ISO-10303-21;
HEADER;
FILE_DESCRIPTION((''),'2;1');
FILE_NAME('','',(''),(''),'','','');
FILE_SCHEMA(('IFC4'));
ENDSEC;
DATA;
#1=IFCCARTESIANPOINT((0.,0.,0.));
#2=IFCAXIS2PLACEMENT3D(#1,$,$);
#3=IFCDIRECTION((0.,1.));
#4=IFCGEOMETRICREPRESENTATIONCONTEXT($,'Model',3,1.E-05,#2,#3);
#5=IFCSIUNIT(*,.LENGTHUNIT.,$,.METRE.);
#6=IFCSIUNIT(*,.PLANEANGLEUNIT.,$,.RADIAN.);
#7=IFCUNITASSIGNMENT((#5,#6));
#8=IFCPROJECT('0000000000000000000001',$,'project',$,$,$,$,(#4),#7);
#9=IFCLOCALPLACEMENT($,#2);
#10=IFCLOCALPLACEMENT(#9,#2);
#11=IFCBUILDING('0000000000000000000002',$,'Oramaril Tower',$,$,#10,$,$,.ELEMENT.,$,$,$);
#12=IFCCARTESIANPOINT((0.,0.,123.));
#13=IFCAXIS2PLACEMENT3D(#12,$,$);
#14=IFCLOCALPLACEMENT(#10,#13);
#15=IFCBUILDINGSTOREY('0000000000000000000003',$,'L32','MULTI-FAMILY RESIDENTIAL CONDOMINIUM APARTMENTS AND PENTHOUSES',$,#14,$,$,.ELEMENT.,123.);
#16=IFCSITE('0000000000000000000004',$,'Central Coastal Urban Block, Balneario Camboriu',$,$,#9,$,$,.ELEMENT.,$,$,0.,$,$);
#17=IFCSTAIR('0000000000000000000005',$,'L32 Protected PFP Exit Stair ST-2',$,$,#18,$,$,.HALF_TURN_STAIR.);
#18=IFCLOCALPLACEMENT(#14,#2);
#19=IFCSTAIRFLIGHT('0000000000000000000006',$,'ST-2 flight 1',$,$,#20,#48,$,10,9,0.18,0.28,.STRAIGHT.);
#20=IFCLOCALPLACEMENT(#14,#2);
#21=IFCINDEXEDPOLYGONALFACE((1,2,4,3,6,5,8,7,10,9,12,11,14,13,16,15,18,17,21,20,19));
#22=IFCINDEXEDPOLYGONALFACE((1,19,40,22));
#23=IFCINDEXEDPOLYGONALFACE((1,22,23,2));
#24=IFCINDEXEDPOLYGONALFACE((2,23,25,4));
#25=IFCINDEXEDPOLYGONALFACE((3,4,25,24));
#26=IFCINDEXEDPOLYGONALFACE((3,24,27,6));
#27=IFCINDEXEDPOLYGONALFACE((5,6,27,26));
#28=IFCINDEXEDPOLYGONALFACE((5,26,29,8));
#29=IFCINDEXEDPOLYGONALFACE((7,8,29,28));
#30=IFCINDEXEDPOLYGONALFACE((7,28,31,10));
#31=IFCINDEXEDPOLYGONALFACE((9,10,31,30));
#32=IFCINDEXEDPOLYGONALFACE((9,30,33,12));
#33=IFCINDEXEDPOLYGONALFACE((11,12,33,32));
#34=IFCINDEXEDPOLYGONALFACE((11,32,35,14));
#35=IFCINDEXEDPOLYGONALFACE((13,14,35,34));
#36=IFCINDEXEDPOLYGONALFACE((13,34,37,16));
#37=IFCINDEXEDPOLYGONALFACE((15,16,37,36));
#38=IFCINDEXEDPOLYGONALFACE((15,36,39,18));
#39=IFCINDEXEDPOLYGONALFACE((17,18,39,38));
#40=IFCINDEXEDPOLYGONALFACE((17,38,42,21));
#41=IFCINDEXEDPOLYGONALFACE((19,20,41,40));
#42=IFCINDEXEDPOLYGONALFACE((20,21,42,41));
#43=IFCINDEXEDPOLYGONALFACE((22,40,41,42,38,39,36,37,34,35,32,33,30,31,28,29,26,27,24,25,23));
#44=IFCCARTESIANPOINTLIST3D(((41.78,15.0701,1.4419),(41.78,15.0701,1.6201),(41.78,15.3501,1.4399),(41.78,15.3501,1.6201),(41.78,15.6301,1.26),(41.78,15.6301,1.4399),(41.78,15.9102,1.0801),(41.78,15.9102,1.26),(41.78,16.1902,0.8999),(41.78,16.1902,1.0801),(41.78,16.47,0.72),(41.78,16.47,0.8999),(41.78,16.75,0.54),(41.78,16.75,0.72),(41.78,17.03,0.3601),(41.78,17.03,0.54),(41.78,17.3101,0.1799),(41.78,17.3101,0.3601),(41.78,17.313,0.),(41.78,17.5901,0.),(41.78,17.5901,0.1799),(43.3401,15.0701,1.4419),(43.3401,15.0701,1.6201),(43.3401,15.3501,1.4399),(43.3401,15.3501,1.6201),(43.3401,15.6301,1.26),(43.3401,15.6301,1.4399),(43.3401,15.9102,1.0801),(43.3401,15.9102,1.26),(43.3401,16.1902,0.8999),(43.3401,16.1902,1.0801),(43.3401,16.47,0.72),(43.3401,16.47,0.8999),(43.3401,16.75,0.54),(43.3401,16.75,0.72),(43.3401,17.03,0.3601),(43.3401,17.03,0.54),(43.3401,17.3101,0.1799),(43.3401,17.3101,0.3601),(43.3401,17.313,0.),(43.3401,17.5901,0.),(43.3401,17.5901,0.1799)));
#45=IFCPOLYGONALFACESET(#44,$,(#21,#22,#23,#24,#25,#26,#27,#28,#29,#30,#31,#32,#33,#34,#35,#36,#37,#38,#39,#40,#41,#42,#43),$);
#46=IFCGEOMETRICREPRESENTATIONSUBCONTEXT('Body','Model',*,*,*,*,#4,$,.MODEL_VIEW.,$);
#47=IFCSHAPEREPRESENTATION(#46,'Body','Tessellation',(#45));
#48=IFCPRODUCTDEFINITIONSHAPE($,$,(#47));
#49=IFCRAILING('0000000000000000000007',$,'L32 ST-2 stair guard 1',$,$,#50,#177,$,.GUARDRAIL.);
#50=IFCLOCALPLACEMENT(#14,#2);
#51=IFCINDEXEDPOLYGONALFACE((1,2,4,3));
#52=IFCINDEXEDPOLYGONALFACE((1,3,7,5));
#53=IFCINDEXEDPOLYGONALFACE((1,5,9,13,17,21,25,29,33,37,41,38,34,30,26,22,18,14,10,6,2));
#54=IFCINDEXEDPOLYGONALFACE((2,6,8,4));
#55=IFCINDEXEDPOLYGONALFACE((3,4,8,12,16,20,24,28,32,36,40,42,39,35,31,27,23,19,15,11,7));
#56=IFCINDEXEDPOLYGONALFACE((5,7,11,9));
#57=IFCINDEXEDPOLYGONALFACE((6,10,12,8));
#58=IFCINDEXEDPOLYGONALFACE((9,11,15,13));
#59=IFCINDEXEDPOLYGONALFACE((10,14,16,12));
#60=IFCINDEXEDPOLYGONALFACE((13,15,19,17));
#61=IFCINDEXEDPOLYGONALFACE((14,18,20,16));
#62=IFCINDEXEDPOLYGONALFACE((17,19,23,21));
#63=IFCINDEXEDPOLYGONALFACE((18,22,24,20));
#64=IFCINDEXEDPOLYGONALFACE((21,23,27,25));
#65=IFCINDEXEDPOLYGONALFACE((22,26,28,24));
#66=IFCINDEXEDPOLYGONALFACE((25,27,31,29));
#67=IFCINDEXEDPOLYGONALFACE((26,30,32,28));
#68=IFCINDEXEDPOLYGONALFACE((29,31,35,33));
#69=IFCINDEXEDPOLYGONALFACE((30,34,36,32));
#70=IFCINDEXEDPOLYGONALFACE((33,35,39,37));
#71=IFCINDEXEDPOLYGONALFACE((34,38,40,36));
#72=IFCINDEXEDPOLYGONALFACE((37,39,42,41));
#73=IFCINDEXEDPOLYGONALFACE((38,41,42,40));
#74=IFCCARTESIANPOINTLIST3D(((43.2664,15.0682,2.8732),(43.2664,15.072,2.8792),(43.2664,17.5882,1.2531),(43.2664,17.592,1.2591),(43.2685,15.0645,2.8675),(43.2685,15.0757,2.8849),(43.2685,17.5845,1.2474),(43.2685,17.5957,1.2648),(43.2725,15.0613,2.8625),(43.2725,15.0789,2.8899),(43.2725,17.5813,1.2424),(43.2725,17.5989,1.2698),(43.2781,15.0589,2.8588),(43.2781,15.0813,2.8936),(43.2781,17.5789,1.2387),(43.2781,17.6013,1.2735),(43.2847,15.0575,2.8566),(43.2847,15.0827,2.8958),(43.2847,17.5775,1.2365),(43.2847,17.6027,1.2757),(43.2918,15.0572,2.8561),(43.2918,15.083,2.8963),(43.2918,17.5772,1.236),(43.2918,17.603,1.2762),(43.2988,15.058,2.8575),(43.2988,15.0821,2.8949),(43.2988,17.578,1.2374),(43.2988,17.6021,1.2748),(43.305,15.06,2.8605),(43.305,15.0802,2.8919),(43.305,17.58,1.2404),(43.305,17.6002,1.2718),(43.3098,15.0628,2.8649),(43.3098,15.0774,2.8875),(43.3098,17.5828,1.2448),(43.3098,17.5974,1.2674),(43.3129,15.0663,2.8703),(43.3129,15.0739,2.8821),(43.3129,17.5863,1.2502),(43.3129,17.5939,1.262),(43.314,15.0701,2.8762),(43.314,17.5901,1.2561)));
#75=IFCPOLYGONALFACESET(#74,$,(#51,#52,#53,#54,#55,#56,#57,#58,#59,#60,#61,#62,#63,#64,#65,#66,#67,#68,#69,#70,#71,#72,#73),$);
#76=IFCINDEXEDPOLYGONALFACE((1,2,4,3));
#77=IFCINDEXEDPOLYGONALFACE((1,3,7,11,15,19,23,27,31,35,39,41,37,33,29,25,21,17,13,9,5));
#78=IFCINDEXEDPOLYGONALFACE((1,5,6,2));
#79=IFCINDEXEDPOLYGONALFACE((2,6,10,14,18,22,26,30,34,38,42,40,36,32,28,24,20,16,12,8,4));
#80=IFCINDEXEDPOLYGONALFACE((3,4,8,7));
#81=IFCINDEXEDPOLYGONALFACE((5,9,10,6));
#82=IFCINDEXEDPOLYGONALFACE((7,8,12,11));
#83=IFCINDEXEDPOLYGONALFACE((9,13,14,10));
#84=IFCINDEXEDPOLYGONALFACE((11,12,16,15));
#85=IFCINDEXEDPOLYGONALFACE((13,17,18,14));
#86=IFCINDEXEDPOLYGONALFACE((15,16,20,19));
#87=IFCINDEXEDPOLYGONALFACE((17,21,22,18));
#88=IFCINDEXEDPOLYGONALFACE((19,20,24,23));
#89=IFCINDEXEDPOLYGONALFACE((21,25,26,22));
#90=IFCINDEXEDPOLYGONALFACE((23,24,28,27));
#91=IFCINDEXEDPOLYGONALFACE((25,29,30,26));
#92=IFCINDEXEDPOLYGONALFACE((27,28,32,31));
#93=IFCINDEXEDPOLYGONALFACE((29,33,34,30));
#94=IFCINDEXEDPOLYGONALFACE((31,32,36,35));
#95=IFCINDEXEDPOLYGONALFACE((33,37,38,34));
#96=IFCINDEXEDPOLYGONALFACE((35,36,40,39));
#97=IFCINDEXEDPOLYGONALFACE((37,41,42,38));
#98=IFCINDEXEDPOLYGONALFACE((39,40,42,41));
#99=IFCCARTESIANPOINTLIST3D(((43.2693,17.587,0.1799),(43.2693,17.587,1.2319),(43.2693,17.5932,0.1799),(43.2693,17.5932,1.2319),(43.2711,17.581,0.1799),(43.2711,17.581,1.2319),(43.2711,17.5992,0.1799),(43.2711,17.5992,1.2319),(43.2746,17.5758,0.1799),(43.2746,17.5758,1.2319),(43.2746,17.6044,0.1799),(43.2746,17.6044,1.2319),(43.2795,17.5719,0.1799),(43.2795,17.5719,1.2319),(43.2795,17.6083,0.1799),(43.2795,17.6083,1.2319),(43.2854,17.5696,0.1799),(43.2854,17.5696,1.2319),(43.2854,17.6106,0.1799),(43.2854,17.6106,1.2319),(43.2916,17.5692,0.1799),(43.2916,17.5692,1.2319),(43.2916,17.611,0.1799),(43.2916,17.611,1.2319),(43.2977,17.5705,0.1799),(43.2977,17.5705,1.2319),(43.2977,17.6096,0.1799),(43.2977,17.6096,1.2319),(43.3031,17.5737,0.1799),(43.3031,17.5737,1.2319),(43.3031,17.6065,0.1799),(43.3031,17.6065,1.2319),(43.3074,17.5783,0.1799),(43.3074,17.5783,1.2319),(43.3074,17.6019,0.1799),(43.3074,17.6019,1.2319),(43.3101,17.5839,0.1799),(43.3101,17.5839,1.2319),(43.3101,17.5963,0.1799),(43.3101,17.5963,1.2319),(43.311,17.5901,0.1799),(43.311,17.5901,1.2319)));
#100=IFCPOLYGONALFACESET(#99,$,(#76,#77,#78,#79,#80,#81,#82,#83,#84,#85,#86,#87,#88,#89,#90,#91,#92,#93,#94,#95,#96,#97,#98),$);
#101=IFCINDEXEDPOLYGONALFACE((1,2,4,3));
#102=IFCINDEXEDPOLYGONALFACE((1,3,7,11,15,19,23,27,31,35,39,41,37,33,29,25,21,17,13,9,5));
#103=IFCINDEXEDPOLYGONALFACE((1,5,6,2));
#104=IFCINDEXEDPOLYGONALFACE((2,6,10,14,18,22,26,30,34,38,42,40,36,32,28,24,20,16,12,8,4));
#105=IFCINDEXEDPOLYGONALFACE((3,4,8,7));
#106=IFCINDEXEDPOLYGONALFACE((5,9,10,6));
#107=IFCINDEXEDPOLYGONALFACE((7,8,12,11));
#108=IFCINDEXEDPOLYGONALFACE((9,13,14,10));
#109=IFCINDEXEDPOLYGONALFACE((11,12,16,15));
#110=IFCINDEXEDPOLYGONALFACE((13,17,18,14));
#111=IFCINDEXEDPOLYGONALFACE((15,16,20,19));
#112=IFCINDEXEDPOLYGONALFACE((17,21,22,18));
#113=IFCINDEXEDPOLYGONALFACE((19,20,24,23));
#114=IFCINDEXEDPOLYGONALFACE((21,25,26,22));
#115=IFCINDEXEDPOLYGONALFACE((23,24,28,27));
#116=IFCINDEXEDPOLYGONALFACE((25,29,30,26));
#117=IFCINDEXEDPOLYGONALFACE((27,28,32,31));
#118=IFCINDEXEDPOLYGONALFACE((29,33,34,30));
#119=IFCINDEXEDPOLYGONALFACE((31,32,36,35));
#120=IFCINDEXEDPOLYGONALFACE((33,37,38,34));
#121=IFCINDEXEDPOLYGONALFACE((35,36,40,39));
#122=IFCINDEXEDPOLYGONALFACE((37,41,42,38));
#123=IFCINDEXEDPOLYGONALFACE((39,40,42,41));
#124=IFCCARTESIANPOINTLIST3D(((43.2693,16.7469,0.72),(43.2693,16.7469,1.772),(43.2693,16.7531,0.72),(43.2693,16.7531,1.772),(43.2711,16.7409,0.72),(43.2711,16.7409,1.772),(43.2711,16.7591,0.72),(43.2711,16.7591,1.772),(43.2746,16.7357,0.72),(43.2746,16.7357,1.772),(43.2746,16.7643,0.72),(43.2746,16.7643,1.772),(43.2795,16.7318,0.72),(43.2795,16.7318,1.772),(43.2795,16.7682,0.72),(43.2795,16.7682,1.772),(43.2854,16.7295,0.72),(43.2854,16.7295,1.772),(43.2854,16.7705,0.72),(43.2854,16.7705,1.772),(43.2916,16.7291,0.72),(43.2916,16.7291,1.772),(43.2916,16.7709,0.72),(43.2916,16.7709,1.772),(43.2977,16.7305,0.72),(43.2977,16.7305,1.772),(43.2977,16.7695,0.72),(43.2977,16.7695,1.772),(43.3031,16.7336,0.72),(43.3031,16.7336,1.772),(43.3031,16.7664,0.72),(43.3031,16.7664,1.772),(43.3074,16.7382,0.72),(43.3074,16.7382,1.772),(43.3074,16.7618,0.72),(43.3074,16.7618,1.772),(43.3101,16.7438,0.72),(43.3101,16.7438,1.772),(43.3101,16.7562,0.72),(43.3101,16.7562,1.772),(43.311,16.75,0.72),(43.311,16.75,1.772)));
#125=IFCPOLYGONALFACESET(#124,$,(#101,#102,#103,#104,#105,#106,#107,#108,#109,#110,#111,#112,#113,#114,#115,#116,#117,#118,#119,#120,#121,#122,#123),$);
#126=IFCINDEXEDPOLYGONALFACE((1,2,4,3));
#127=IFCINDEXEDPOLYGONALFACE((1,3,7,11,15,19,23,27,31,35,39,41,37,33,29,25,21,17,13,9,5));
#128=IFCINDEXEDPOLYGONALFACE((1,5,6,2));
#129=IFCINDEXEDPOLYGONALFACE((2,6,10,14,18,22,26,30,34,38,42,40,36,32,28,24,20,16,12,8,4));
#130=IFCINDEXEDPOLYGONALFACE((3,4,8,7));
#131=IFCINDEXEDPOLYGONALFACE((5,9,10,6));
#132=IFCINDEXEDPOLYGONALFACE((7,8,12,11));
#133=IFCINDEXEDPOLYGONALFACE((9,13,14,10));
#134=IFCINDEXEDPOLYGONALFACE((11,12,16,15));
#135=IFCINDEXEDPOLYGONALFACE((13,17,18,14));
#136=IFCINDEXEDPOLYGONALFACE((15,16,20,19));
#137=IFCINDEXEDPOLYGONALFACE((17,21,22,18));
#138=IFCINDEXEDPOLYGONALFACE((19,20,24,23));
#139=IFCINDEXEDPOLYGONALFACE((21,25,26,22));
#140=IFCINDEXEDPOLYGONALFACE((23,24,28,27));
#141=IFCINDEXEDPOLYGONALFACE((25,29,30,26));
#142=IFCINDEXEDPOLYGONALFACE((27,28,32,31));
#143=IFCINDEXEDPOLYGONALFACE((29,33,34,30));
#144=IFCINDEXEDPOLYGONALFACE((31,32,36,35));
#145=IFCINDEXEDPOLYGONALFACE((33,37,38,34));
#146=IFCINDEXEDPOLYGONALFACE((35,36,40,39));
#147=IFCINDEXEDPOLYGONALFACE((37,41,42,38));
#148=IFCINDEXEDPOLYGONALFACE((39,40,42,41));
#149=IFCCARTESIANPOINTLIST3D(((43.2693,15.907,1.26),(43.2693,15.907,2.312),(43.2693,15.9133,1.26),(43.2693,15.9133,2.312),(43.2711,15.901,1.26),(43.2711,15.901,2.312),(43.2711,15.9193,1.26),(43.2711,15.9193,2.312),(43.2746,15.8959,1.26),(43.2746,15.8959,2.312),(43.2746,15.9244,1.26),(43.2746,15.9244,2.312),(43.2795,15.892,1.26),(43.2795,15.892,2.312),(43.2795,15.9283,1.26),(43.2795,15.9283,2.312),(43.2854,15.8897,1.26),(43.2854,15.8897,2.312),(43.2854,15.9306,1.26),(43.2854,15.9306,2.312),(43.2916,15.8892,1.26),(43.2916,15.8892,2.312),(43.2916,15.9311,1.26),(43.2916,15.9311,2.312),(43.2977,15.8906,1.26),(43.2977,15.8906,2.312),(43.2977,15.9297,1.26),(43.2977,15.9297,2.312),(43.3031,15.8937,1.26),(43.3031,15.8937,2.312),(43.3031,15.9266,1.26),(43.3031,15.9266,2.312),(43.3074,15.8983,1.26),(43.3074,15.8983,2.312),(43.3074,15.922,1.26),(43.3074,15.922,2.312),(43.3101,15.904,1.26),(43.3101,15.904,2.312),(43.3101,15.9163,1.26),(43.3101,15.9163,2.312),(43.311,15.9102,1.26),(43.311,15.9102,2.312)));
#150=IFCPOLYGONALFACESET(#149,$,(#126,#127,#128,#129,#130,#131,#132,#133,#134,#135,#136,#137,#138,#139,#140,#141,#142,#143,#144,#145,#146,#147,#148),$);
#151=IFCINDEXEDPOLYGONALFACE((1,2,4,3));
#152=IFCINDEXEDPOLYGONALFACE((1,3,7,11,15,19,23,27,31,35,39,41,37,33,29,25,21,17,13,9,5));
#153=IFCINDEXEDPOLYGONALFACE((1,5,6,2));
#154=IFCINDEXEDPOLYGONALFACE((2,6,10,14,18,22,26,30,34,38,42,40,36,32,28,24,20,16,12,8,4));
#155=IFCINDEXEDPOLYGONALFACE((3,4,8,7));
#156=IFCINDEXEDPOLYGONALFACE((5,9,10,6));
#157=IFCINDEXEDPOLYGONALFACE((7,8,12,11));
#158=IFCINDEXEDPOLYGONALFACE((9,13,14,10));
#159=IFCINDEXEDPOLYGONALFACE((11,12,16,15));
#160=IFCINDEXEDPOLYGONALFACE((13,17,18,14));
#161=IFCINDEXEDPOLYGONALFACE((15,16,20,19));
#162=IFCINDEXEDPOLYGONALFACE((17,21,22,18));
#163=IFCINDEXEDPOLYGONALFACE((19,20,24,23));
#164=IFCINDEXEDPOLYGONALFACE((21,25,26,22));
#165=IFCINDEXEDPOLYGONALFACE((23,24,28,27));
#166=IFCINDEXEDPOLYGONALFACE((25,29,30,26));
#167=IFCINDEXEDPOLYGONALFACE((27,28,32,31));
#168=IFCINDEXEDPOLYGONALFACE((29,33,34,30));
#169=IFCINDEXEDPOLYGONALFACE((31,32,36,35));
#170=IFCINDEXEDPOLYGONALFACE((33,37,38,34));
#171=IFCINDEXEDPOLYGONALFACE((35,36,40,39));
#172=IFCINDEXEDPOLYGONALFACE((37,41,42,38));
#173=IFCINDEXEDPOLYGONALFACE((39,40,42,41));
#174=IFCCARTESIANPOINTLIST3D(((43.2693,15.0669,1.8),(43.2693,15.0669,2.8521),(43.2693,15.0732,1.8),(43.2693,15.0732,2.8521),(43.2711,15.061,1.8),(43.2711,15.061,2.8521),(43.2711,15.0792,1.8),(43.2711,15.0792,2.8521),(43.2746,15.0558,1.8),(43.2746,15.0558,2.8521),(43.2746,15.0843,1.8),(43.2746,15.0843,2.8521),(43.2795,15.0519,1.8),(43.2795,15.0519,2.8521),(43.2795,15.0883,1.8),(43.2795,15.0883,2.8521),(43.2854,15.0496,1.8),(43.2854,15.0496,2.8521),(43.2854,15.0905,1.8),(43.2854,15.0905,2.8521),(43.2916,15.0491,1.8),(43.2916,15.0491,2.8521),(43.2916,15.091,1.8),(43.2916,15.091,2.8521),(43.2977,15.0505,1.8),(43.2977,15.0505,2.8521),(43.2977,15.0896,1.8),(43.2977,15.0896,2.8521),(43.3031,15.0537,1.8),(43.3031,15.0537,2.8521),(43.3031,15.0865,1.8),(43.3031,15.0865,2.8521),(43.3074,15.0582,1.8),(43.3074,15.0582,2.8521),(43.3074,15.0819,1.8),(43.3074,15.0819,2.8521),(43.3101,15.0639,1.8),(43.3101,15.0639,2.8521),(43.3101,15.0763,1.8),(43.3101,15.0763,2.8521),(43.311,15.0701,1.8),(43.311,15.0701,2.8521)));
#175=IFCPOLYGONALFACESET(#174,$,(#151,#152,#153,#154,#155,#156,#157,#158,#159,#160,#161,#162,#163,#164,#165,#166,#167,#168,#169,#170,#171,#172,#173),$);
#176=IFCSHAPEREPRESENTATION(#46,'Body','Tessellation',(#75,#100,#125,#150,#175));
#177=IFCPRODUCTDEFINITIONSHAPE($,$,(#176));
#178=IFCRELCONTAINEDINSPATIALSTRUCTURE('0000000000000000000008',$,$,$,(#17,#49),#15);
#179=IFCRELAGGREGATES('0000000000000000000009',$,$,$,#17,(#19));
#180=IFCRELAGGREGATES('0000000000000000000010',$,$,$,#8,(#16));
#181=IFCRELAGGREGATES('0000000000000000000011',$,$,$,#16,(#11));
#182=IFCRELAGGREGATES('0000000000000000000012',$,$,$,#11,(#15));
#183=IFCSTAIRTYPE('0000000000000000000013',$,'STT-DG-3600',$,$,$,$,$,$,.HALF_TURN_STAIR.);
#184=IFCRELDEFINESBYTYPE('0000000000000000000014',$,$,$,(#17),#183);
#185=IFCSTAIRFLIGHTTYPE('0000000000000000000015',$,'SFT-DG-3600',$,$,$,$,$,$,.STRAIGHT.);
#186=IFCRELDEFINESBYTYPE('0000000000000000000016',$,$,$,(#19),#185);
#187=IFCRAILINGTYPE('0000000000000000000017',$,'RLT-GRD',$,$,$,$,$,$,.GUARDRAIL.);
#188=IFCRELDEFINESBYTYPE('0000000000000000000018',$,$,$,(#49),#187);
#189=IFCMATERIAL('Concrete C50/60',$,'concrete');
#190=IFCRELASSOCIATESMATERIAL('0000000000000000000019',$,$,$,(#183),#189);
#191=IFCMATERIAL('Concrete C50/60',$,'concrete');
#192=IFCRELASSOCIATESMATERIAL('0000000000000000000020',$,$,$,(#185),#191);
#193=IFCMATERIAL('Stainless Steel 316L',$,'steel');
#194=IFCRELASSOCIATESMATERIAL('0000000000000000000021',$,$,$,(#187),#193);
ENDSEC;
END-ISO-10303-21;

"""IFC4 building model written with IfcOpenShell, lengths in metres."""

from ifc_helpers import new_model, si_unit, direction, frame, origin, origin_2d, place, context, subcontext, project, spatial, polyline, circle, outline, extrude, material, type_object, element, aggregate, save


model = new_model("IFC4")

# Units and contexts
model_context = context("Model", 3, precision=1e-05, world=origin(), true_north=direction((0.0, 1.0)))
body_context = subcontext(model_context, "Body", "Model", "MODEL_VIEW")
ifc_project = project(units=[si_unit("LENGTHUNIT", "METRE"), si_unit("PLANEANGLEUNIT", "RADIAN")], contexts=[model_context])

# Site, building, storey
site_placement = place(None, origin())
site = spatial("IfcSite", under=ifc_project, at=site_placement, Name="Central Coastal Urban Block, Balneario Camboriu", CompositionType="ELEMENT", RefElevation=0.0)
building_placement = place(site_placement, origin())
building = spatial("IfcBuilding", under=site, at=building_placement, Name="Oramaril Tower", CompositionType="ELEMENT")
storey_placement = place(building_placement, frame((0.0, 0.0, 123.0)))
storey = spatial("IfcBuildingStorey", under=building, at=storey_placement, Name="L32", Description="MULTI-FAMILY RESIDENTIAL CONDOMINIUM APARTMENTS AND PENTHOUSES", CompositionType="ELEMENT", Elevation=123.0)

# Stair, stair flight
ifc_material_1 = material(Name="Concrete C50/60", Category="concrete")
stair_type = type_object("IfcStairType", Name="STT-DG-3600", PredefinedType="HALF_TURN_STAIR", material=ifc_material_1)
stair_placement = place(storey_placement, origin())
stair = element("IfcStair", 1, at=stair_placement, inside=storey, type_object=stair_type, Name="L32 Protected PFP Exit Stair ST-2", PredefinedType="HALF_TURN_STAIR")
ifc_material_2 = material(Name="Concrete C50/60", Category="concrete")
stair_flight_type = type_object("IfcStairFlightType", Name="SFT-DG-3600", PredefinedType="STRAIGHT", material=ifc_material_2)
stair_flight_placement = place(storey_placement, frame((42.5601, 17.5901, 0.0), z_axis=(0.0, 0.0, 1.0), x_axis=(0.0, -1.0, 0.0)))
stair_flight = element("IfcStairFlight", 2, at=stair_flight_placement, type_object=stair_flight_type, Name="ST-2 flight 1", NumberOfRisers=10, NumberOfTreads=9, PredefinedType="STRAIGHT", RiserHeight=0.18, TreadLength=0.28, context=body_context, shape_type="SweptSolid", body=[
    extrude(outline(polyline([(0.0, 0.0), (0.0, 0.1799), (0.28, 0.1799), (0.28, 0.3601), (0.5601, 0.3601), (0.5601, 0.54), (0.8401, 0.54), (0.8401, 0.72), (1.1201, 0.72), (1.1201, 0.8999), (1.3999, 0.8999), (1.3999, 1.0801), (1.6799, 1.0801), (1.6799, 1.26), (1.96, 1.26), (1.96, 1.4399), (2.24, 1.4399), (2.24, 1.6201), (2.52, 1.6201), (2.52, 1.8), (2.52, 1.4419), (0.2771, 0.0), (0.0, 0.0)])), frame((0.0, 0.78, 0.0), z_axis=(0.0, -1.0, 0.0), x_axis=(1.0, 0.0, 0.0)), (0.0, 0.0, 1.0), 1.5601),
])
aggregate(stair, [stair_flight])

# Railing
ifc_material_3 = material(Name="Stainless Steel 316L", Category="steel")
railing_type_1 = type_object("IfcRailingType", Name="RLT-GRD", PredefinedType="GUARDRAIL", material=ifc_material_3)
railing_1_placement = place(storey_placement, frame((43.29, 17.5901, 0.1799)))
element("IfcRailing", 3, at=railing_1_placement, inside=storey, type_object=railing_type_1, Name="L32 ST-2 stair guard 1", PredefinedType="GUARDRAIL", context=body_context, shape_type="SweptSolid", body=[
    extrude(circle(Radius=0.0239, at=origin_2d()), frame((0.0, 0.0, 1.0762), z_axis=(0.0, -0.841163, 0.540782), x_axis=(1.0, 0.0, 0.0)), (0.0, 0.0, 1.0), 2.9958),
    extrude(circle(Radius=0.021, at=origin_2d()), origin(), (0.0, 0.0, 1.0), 1.052),
    extrude(circle(Radius=0.021, at=origin_2d()), frame((0.0, -0.8401, 0.54)), (0.0, 0.0, 1.0), 1.052),
    extrude(circle(Radius=0.021, at=origin_2d()), frame((0.0, -1.6799, 1.0801)), (0.0, 0.0, 1.0), 1.052),
    extrude(circle(Radius=0.021, at=origin_2d()), frame((0.0, -2.52, 1.6201)), (0.0, 0.0, 1.0), 1.052),
])

save(model, "model.ifc")
